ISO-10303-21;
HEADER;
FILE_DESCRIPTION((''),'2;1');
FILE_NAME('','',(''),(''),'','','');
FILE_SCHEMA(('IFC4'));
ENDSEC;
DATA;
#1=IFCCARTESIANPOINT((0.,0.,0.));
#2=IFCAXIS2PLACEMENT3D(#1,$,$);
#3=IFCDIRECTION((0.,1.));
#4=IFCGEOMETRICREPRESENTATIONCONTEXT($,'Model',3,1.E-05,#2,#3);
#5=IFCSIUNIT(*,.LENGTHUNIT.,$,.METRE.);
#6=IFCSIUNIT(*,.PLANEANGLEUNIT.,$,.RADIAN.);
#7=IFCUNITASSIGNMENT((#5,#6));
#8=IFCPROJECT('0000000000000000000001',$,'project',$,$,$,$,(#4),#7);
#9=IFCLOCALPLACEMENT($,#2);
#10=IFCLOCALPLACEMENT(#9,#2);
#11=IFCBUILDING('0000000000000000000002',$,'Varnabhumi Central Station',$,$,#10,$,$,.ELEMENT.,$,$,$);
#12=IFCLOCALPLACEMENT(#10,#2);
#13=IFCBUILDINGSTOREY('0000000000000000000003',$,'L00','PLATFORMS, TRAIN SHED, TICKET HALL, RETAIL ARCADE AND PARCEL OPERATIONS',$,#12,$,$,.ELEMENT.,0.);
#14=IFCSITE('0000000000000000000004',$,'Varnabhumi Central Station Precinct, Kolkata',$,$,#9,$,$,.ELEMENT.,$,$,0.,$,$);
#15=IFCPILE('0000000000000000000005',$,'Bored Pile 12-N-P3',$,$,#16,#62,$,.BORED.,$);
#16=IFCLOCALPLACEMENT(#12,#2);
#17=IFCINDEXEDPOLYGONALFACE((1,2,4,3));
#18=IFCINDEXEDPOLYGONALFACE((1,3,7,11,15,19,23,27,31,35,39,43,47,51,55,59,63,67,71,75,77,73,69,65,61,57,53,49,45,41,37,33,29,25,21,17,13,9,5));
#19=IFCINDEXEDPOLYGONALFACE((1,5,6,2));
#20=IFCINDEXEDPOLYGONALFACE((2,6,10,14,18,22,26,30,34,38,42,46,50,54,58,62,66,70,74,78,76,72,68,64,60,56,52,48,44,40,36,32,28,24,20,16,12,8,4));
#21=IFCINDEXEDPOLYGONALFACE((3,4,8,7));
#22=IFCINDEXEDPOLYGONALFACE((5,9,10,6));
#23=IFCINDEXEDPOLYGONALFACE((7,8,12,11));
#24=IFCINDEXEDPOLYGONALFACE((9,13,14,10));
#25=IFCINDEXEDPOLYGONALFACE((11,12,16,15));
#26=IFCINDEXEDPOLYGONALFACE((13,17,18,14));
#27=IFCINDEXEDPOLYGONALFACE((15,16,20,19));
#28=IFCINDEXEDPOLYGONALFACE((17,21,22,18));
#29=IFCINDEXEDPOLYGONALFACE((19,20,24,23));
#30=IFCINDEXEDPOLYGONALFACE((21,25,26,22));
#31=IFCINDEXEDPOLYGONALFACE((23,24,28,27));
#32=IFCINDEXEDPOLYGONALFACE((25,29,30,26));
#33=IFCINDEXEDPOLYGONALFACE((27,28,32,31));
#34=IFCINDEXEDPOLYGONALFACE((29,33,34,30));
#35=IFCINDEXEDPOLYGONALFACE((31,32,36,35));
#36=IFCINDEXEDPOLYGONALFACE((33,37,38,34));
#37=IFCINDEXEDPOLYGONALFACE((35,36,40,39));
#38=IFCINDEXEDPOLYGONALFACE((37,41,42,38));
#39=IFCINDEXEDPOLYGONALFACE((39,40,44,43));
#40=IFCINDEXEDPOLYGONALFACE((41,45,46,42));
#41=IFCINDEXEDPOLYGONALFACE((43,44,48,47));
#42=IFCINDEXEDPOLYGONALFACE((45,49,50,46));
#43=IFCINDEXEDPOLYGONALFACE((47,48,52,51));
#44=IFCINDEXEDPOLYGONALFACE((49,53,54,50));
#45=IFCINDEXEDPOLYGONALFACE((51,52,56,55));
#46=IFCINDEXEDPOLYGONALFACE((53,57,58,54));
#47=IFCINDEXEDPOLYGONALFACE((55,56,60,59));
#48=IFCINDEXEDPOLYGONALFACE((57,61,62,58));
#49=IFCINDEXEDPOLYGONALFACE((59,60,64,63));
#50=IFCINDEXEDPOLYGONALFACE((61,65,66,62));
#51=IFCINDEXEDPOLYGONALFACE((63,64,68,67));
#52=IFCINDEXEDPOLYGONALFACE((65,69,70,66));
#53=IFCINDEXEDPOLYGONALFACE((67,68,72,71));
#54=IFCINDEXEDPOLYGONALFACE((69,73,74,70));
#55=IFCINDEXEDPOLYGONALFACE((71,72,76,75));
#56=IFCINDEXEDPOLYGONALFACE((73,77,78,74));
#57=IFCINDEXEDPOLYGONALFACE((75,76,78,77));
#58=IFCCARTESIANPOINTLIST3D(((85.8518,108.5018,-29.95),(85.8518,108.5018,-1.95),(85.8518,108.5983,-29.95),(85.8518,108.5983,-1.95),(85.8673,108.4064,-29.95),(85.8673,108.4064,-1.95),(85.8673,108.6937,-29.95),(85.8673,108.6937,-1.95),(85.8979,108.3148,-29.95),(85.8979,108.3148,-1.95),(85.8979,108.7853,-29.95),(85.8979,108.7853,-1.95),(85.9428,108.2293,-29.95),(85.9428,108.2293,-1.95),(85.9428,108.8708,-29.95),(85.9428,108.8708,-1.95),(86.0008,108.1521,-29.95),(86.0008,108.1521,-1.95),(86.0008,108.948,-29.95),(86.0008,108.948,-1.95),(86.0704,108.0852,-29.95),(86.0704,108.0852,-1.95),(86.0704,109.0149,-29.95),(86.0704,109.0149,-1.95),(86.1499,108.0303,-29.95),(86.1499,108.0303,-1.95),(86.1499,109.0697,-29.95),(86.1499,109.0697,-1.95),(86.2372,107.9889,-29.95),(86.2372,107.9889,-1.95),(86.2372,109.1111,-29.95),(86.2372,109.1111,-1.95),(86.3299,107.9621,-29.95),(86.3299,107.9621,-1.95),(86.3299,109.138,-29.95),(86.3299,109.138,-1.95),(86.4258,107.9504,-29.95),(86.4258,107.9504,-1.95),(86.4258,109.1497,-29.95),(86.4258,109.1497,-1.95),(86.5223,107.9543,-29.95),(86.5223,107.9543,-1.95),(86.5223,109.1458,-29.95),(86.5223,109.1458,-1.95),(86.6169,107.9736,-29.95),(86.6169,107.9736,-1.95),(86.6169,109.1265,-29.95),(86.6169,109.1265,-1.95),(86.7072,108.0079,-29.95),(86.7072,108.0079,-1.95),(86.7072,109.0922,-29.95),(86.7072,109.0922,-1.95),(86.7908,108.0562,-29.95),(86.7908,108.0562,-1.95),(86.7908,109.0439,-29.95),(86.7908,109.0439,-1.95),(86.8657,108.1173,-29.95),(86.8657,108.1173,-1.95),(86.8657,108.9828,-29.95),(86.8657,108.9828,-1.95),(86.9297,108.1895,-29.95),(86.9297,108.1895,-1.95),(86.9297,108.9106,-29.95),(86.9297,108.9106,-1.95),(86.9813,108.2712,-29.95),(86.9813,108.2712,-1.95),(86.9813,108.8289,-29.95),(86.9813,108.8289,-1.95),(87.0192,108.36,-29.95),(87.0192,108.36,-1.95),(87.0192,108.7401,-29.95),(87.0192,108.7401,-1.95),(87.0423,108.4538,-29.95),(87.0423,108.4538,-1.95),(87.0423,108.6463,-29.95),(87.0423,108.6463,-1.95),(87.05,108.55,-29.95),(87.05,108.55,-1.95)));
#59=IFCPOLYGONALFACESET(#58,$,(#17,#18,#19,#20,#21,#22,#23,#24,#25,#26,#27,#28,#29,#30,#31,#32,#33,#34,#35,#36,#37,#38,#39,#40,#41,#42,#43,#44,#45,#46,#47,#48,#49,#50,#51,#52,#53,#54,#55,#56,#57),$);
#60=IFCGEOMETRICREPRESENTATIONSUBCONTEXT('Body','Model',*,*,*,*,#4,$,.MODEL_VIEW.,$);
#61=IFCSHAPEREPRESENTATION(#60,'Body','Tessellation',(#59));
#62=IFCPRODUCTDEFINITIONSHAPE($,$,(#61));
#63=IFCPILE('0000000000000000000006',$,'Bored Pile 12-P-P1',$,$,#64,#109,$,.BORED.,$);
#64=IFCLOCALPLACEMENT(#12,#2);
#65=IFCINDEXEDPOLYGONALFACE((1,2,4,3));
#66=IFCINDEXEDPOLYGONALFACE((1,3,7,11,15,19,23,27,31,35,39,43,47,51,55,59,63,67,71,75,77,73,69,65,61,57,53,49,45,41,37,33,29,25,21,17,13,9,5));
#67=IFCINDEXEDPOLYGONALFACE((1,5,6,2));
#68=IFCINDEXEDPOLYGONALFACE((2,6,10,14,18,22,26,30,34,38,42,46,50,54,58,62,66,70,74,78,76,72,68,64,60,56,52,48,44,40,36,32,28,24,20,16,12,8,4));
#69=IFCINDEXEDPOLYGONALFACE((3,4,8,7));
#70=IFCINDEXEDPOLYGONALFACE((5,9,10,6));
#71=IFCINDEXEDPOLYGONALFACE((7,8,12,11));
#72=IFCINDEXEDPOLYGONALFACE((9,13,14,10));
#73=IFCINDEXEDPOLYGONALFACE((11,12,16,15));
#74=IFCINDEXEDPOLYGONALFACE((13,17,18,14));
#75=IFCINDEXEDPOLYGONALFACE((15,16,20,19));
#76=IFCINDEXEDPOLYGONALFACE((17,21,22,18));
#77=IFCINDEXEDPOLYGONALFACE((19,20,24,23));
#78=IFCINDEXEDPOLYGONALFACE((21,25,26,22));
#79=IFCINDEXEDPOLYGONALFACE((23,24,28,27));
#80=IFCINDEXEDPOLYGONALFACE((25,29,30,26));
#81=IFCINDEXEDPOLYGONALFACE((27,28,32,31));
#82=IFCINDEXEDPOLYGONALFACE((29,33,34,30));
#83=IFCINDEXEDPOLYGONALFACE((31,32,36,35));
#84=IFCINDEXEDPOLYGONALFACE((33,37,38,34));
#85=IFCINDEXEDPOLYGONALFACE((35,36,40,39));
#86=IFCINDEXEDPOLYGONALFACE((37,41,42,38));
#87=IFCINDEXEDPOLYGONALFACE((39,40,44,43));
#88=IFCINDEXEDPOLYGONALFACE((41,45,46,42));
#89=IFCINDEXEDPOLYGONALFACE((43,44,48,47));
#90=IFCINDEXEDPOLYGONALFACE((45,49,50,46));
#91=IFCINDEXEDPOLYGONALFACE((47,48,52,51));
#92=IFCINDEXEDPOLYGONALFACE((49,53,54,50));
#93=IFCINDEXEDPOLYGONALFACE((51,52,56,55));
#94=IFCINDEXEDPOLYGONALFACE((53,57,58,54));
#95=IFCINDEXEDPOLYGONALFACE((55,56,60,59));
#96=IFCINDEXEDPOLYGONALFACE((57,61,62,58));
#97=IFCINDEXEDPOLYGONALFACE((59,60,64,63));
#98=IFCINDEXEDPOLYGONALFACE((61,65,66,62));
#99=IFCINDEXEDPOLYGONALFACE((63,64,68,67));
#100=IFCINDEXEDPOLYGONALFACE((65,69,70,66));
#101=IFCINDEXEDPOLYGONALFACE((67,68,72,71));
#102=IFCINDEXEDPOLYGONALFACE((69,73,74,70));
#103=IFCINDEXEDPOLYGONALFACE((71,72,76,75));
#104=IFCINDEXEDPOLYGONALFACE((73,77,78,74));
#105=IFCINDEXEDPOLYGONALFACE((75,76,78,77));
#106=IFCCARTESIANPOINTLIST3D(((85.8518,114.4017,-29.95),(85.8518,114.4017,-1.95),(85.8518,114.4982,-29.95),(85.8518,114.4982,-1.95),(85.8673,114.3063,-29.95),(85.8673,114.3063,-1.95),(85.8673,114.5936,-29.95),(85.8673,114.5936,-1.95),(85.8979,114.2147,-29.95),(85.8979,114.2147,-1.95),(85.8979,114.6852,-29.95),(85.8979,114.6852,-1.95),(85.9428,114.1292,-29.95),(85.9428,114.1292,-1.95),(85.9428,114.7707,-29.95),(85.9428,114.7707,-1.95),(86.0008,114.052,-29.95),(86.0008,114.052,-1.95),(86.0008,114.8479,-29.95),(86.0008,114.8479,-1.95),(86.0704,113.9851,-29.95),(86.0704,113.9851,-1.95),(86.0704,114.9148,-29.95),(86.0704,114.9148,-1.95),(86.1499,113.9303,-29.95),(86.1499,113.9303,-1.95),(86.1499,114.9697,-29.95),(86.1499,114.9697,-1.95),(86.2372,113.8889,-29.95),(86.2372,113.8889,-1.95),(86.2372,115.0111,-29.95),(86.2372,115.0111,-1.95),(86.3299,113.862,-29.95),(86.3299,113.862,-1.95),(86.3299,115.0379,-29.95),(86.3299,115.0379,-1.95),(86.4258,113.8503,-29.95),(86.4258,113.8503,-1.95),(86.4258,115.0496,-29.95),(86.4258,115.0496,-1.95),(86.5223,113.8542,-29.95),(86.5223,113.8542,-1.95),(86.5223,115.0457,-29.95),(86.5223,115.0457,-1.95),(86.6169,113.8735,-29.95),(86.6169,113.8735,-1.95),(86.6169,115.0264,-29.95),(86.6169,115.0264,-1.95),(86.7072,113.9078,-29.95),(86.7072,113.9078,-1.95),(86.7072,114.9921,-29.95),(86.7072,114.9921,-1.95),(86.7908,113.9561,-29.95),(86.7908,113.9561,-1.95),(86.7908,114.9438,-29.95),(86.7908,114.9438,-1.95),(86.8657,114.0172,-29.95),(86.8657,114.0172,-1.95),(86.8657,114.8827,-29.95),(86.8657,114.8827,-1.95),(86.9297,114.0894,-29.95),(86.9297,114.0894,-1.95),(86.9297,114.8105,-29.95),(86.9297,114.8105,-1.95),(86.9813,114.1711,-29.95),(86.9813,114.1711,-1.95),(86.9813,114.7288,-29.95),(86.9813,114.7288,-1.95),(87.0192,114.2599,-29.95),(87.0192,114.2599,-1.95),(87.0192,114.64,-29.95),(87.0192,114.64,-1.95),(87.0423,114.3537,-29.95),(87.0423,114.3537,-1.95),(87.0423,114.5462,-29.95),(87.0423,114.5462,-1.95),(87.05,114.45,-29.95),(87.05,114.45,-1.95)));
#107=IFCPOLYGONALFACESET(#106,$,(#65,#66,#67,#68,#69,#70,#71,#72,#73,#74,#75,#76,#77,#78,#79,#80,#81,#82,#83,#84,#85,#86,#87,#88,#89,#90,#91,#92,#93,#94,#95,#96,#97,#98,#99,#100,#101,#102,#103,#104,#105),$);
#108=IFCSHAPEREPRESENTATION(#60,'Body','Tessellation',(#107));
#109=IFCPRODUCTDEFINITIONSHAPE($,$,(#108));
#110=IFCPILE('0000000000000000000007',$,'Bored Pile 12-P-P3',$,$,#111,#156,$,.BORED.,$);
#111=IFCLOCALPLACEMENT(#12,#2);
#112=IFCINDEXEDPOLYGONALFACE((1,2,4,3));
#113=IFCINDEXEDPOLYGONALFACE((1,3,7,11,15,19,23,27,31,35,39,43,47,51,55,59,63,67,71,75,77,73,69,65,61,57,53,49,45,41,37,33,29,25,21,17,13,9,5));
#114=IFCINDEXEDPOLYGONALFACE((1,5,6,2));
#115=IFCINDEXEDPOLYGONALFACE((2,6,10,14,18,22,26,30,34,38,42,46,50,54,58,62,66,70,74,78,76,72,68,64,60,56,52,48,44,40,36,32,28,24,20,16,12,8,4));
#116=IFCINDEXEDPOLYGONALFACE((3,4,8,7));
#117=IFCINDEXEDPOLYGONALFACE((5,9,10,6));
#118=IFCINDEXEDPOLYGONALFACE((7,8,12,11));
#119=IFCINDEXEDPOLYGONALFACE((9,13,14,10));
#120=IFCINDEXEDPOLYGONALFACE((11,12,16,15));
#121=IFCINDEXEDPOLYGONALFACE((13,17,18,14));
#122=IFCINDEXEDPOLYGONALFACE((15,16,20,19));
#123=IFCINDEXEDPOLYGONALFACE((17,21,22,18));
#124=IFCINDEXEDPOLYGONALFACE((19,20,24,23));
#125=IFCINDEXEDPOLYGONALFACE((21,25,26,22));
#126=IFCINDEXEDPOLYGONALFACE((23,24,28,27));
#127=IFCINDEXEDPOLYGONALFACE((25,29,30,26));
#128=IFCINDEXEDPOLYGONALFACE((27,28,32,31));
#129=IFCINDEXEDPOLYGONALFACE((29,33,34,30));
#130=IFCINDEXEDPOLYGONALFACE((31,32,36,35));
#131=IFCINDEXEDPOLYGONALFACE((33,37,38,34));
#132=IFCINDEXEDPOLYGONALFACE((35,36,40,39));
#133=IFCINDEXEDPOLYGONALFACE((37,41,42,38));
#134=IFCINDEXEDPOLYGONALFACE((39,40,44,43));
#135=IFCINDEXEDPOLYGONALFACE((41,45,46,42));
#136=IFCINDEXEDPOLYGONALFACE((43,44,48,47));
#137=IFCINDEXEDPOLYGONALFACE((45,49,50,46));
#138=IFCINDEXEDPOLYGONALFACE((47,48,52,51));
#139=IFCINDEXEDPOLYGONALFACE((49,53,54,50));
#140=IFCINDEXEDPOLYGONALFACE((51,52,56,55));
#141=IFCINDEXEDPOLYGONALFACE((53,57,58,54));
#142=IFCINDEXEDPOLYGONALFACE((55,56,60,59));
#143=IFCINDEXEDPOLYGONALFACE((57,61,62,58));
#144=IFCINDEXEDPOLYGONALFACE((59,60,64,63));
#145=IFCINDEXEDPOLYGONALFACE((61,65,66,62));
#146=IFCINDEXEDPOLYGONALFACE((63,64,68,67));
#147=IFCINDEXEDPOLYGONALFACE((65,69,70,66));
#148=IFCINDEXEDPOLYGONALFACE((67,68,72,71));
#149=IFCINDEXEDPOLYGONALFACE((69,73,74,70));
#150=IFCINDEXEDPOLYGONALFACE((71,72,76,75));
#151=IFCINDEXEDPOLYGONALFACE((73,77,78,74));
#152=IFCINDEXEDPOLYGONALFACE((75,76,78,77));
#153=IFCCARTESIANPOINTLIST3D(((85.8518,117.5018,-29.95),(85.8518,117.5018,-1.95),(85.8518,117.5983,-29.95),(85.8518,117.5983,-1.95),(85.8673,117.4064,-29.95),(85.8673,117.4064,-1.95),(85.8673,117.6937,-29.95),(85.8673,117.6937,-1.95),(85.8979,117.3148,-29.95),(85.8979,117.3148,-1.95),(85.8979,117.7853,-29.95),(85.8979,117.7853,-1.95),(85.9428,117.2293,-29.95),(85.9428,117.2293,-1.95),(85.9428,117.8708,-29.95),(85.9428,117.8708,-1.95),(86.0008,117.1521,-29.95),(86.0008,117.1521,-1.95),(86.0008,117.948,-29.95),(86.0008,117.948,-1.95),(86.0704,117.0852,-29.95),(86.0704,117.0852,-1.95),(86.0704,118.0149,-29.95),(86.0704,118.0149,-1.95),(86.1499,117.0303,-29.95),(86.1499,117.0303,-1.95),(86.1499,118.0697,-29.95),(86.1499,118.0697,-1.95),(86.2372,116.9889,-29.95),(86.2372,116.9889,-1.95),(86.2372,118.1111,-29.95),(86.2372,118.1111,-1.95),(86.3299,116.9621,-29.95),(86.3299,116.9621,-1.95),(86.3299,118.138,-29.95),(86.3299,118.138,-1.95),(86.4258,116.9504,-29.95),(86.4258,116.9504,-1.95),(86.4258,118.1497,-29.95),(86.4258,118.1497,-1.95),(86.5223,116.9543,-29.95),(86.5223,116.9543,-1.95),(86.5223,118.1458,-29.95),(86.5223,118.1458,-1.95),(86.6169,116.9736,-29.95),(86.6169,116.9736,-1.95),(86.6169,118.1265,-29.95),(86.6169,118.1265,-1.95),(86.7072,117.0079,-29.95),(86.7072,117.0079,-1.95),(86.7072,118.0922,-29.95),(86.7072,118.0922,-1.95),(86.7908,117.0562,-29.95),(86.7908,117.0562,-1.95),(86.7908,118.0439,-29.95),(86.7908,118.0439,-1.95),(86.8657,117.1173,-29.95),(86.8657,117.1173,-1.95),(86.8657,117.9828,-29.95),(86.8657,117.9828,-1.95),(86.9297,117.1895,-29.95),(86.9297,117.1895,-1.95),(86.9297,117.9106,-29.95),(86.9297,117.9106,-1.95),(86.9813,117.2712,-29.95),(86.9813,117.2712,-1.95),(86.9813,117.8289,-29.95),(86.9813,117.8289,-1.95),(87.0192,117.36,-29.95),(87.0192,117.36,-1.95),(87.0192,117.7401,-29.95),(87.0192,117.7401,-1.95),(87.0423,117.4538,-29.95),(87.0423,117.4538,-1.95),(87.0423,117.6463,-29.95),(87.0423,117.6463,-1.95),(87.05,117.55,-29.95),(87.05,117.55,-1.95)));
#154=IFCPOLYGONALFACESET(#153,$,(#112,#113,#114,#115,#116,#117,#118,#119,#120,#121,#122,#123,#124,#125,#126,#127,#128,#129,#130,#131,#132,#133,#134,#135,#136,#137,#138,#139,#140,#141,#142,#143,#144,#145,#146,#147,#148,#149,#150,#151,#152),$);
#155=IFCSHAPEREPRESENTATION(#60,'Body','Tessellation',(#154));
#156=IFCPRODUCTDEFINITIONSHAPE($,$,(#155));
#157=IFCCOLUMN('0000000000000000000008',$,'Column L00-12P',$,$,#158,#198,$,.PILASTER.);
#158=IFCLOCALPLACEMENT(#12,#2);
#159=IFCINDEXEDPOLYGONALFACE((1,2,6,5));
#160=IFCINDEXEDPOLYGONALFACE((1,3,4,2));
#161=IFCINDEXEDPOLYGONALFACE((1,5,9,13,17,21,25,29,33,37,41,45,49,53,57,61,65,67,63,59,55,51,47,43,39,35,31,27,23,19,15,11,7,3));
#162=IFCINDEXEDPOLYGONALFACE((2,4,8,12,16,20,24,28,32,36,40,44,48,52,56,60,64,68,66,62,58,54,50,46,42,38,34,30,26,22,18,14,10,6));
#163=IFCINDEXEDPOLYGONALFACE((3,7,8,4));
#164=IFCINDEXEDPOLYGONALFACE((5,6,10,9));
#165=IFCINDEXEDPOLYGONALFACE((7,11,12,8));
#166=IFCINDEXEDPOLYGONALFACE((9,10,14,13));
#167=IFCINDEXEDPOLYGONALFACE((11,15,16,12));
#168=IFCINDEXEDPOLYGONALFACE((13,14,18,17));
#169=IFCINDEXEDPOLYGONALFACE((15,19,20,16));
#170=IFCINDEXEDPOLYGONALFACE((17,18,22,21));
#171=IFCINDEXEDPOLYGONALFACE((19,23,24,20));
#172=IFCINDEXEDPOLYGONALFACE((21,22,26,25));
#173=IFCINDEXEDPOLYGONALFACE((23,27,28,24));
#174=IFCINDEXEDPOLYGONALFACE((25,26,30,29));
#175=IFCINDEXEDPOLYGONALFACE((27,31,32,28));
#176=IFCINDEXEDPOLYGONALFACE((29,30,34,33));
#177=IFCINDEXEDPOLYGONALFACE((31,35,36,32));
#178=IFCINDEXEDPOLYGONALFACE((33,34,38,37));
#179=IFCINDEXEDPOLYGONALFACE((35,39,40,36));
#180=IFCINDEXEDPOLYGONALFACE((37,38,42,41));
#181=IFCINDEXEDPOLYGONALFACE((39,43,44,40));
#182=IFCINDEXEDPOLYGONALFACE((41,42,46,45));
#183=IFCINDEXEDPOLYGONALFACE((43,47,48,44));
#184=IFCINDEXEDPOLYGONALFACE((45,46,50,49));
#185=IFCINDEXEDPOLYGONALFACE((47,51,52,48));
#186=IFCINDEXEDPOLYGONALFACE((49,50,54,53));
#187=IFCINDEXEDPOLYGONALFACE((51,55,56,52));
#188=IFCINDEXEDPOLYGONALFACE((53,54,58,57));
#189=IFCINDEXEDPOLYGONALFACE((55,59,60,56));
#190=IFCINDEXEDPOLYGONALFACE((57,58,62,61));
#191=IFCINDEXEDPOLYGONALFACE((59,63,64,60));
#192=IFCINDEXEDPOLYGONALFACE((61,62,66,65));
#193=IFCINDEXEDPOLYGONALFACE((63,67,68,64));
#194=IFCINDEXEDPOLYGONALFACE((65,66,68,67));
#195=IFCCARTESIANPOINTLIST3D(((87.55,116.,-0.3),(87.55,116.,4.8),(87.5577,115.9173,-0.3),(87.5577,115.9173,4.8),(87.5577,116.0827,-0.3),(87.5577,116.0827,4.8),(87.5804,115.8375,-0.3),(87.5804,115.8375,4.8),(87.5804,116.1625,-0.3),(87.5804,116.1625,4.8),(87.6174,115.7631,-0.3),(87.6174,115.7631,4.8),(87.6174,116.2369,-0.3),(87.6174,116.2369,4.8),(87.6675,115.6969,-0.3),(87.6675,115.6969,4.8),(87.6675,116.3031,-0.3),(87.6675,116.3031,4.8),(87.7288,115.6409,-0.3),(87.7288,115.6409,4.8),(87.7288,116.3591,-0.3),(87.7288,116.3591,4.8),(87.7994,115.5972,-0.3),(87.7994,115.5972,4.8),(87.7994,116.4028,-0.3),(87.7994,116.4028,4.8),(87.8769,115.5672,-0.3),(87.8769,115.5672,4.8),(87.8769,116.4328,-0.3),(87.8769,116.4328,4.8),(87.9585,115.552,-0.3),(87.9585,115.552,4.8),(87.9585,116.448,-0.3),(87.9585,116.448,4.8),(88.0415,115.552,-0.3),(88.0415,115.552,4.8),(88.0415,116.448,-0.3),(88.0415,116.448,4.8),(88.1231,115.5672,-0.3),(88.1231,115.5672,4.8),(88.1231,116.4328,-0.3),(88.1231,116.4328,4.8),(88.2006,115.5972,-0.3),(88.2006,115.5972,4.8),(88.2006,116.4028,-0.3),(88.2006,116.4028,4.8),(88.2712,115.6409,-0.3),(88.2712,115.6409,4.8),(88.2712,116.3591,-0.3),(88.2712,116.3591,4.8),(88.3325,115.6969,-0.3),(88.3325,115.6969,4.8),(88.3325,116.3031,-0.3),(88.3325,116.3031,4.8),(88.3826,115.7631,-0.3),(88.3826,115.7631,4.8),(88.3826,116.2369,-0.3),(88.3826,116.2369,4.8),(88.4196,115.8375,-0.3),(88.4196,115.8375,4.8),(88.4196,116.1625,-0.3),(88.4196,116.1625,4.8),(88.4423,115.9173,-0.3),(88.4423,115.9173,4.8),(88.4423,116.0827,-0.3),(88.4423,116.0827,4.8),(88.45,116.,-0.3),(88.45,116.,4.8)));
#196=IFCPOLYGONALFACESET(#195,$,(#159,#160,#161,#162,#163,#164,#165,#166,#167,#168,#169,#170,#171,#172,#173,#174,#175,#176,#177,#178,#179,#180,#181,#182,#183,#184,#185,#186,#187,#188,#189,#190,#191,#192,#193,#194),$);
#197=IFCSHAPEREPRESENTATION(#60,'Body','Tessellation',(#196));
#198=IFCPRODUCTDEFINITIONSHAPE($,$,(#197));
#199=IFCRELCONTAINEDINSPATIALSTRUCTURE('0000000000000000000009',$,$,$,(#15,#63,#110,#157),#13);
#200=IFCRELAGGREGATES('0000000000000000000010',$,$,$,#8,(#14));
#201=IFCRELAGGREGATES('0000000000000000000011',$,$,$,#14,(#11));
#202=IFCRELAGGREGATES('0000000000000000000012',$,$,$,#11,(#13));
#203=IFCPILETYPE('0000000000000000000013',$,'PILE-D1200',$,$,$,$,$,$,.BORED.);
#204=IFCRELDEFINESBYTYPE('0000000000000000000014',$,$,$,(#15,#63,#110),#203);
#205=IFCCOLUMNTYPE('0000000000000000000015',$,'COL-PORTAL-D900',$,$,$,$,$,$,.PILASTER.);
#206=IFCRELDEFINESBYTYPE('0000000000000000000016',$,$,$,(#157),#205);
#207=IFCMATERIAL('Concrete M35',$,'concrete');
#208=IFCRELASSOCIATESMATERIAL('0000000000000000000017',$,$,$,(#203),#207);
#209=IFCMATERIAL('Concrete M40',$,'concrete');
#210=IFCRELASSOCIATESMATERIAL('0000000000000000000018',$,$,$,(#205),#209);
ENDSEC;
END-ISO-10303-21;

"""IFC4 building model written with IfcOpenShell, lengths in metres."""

from ifc_helpers import new_model, si_unit, direction, frame, origin, origin_2d, place, context, subcontext, project, spatial, circle, extrude, material, material_profile, profile_set, type_object, element, save


model = new_model("IFC4")

# Units and contexts
model_context = context("Model", 3, precision=1e-05, world=origin(), true_north=direction((0.0, 1.0)))
body_context = subcontext(model_context, "Body", "Model", "MODEL_VIEW")
ifc_project = project(units=[si_unit("LENGTHUNIT", "METRE"), si_unit("PLANEANGLEUNIT", "RADIAN")], contexts=[model_context])

# Site, building, storey
site_placement = place(None, origin())
site = spatial("IfcSite", under=ifc_project, at=site_placement, Name="Varnabhumi Central Station Precinct, Kolkata", CompositionType="ELEMENT", RefElevation=0.0)
building_placement = place(site_placement, origin())
building = spatial("IfcBuilding", under=site, at=building_placement, Name="Varnabhumi Central Station", CompositionType="ELEMENT")
storey_placement = place(building_placement, origin())
storey = spatial("IfcBuildingStorey", under=building, at=storey_placement, Name="L00", Description="PLATFORMS, TRAIN SHED, TICKET HALL, RETAIL ARCADE AND PARCEL OPERATIONS", CompositionType="ELEMENT", Elevation=0.0)

# Shared definitions
ifc_material_1 = material(Name="Concrete M40", Category="concrete")

# Piles
ifc_material_2 = material(Name="Concrete M35", Category="concrete")
ifc_material_profile_1 = material_profile(ifc_material_2, circle(Radius=0.6001, at=origin_2d()), Name="Concrete M35", Category="concrete")
ifc_profile_set_1 = profile_set([ifc_material_profile_1], Name="Concrete M35")
pile_type = type_object("IfcPileType", Name="PILE-D1200", PredefinedType="BORED", material=ifc_profile_set_1)
for number, where, z_axis, x_axis, name in (
    (1, (86.45, 108.55, -1.95), (0.0, 0.0, -1.0), (1.0, 0.0, 0.0), "Bored Pile 12-N-P3"),
    (2, (86.45, 114.45, -1.95), (0.0, 0.0, -1.0), (1.0, 0.0, 0.0), "Bored Pile 12-P-P1"),
    (3, (86.45, 117.55, -1.95), (0.0, 0.0, -1.0), (1.0, 0.0, 0.0), "Bored Pile 12-P-P3"),
):
    element("IfcPile", number, at=place(storey_placement, frame(where, z_axis=z_axis, x_axis=x_axis)), inside=storey, type_object=pile_type, Name=name, PredefinedType="BORED", context=body_context, shape_type="SweptSolid", body=[
        extrude(circle(Radius=0.6001, at=origin_2d()), origin(), (0.0, 0.0, 1.0), 28.0),
    ])

# Column
ifc_material_profile_2 = material_profile(ifc_material_1, circle(Radius=0.45, at=origin_2d()), Name="Concrete M40", Category="concrete")
ifc_profile_set_2 = profile_set([ifc_material_profile_2], Name="Concrete M40")
column_type = type_object("IfcColumnType", Name="COL-PORTAL-D900", PredefinedType="PILASTER", material=ifc_profile_set_2)
column_placement = place(storey_placement, frame((88.0, 116.0, -0.3), z_axis=(0.0, 0.0, 1.0), x_axis=(1.0, 0.0, 0.0)))
element("IfcColumn", 4, at=column_placement, inside=storey, type_object=column_type, Name="Column L00-12P", PredefinedType="PILASTER", context=body_context, shape_type="SweptSolid", body=[
    extrude(circle(Radius=0.45, at=origin_2d()), origin(), (0.0, 0.0, 1.0), 5.1001),
])

save(model, "model.ifc")
